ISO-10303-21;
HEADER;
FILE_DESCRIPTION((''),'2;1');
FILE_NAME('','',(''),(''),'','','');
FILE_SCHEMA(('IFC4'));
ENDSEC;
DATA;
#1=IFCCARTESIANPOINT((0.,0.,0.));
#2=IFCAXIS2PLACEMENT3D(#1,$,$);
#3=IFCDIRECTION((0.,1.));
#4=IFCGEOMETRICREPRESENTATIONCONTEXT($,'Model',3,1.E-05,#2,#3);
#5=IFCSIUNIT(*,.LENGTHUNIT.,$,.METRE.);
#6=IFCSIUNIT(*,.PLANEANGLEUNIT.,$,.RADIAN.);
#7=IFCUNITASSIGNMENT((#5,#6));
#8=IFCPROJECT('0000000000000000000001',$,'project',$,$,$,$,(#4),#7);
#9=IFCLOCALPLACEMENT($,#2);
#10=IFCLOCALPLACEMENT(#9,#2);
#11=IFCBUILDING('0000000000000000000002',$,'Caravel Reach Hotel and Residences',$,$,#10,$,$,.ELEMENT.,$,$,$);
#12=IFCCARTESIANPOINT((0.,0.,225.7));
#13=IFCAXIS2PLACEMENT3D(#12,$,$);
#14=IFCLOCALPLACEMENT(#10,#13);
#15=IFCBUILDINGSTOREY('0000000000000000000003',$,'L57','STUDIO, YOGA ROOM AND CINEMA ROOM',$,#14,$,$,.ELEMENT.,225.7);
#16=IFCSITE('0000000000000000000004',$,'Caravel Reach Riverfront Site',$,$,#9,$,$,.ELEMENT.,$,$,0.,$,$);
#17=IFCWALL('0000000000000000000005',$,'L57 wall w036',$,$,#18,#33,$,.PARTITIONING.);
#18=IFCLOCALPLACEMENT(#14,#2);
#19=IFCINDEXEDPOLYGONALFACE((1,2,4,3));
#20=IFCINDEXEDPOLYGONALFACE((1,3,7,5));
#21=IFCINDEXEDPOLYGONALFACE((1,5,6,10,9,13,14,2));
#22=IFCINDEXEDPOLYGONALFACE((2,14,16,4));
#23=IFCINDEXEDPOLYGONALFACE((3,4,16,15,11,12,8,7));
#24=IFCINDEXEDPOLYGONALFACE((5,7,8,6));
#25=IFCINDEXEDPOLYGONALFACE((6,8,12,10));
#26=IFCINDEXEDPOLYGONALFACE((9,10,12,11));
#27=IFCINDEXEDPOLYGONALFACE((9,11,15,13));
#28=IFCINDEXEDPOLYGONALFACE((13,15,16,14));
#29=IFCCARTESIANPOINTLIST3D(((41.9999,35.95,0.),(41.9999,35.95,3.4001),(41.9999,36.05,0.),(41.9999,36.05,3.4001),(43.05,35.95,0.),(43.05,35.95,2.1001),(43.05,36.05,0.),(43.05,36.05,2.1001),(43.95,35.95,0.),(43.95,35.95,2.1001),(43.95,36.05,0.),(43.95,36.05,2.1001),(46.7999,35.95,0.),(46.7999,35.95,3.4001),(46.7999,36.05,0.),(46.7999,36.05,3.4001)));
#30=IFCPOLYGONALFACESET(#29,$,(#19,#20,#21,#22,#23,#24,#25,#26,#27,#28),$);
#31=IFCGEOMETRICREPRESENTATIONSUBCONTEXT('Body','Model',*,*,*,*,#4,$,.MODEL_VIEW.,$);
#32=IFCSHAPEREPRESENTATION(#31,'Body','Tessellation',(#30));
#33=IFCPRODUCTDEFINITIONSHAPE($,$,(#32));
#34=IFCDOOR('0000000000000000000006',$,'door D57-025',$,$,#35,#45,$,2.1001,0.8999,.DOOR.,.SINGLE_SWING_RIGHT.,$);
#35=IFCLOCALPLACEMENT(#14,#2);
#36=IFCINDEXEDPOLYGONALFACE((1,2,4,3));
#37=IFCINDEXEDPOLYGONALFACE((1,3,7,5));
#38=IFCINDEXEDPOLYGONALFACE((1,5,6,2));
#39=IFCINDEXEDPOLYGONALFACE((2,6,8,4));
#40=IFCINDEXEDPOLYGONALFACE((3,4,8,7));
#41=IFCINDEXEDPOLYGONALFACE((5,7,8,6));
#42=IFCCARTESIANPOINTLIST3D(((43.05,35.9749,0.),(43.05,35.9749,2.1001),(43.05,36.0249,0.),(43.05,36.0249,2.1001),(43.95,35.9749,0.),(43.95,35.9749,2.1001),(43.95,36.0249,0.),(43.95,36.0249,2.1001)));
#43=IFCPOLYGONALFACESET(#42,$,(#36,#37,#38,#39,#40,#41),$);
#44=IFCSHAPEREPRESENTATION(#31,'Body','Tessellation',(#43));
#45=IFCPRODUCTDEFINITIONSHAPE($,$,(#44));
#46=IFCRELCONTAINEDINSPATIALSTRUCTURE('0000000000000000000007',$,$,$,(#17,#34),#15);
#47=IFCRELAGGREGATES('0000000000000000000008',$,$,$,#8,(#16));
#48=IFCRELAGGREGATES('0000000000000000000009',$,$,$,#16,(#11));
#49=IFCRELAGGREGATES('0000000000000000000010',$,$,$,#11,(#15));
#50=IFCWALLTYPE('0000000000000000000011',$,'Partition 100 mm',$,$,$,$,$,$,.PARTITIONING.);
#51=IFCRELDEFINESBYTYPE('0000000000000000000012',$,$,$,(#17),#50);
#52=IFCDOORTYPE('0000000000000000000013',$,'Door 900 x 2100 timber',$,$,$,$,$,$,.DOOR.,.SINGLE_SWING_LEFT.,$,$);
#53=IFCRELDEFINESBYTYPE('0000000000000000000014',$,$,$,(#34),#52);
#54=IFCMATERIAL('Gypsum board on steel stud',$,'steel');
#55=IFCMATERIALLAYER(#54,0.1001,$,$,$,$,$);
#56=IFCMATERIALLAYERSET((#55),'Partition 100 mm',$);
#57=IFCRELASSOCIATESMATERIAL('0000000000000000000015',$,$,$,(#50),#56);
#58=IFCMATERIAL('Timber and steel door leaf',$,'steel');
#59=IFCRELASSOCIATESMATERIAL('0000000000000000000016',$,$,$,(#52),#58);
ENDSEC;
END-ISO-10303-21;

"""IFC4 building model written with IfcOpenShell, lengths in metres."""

from ifc_helpers import new_model, si_unit, direction, frame, frame_2d, origin, place, context, subcontext, project, spatial, rectangle, extrude, material, layer, layer_set, type_object, element, fill, save


model = new_model("IFC4")

# Units and contexts
model_context = context("Model", 3, precision=1e-05, world=origin(), true_north=direction((0.0, 1.0)))
body_context = subcontext(model_context, "Body", "Model", "MODEL_VIEW")
ifc_project = project(units=[si_unit("LENGTHUNIT", "METRE"), si_unit("PLANEANGLEUNIT", "RADIAN")], contexts=[model_context])

# Site, building, storey
site_placement = place(None, origin())
site = spatial("IfcSite", under=ifc_project, at=site_placement, Name="Caravel Reach Riverfront Site", CompositionType="ELEMENT", RefElevation=0.0)
building_placement = place(site_placement, origin())
building = spatial("IfcBuilding", under=site, at=building_placement, Name="Caravel Reach Hotel and Residences", CompositionType="ELEMENT")
storey_placement = place(building_placement, frame((0.0, 0.0, 225.7)))
storey = spatial("IfcBuildingStorey", under=building, at=storey_placement, Name="L57", Description="STUDIO, YOGA ROOM AND CINEMA ROOM", CompositionType="ELEMENT", Elevation=225.7)

# Wall, opening, door
ifc_material_1 = material(Name="Gypsum board on steel stud", Category="steel")
ifc_layer_1 = layer(ifc_material_1, 0.1001)
ifc_layer_set_1 = layer_set([ifc_layer_1], Name="Partition 100 mm")
wall_type_1 = type_object("IfcWallType", Name="Partition 100 mm", PredefinedType="PARTITIONING", material=ifc_layer_set_1)
wall_1_placement = place(storey_placement, frame((42.0, 36.0, 0.0), z_axis=(0.0, 0.0, 1.0), x_axis=(1.0, 0.0, 0.0)))
wall_1 = element("IfcWall", 1, at=wall_1_placement, inside=storey, type_object=wall_type_1, Name="L57 wall w036", PredefinedType="PARTITIONING", context=body_context, shape_type="SweptSolid", body=[
    extrude(rectangle(XDim=4.8, YDim=0.1001, at=frame_2d((2.3999, 0.0))), origin(), (0.0, 0.0, 1.0), 3.4001),
])
opening_1_placement = place(wall_1_placement, frame((1.05, 0.0, 0.0)))
opening_1 = element("IfcOpeningElement", 2, at=opening_1_placement, cuts=wall_1, PredefinedType="OPENING", context=body_context, shape_type="SweptSolid", body=[
    extrude(rectangle(XDim=0.8999, YDim=2.1001, at=frame_2d((0.45, 1.05))), frame((0.0, 0.0601, 0.0), z_axis=(0.0, -1.0, 0.0), x_axis=(1.0, 0.0, 0.0)), (0.0, 0.0, 1.0), 0.1201),
])
ifc_material_2 = material(Name="Timber and steel door leaf", Category="steel")
door_type = type_object("IfcDoorType", Name="Door 900 x 2100 timber", OperationType="SINGLE_SWING_LEFT", PredefinedType="DOOR", material=ifc_material_2)
door_placement = place(opening_1_placement, origin())
door = element("IfcDoor", 3, at=door_placement, inside=storey, type_object=door_type, Name="door D57-025", OperationType="SINGLE_SWING_RIGHT", OverallHeight=2.1001, OverallWidth=0.8999, PredefinedType="DOOR", context=body_context, shape_type="SweptSolid", body=[
    extrude(rectangle(XDim=0.8999, YDim=2.1001, at=frame_2d((0.45, 1.05))), frame((0.0, 0.0249, 0.0), z_axis=(0.0, -1.0, 0.0), x_axis=(1.0, 0.0, 0.0)), (0.0, 0.0, 1.0), 0.05),
])
fill(opening_1, door)

save(model, "model.ifc")
